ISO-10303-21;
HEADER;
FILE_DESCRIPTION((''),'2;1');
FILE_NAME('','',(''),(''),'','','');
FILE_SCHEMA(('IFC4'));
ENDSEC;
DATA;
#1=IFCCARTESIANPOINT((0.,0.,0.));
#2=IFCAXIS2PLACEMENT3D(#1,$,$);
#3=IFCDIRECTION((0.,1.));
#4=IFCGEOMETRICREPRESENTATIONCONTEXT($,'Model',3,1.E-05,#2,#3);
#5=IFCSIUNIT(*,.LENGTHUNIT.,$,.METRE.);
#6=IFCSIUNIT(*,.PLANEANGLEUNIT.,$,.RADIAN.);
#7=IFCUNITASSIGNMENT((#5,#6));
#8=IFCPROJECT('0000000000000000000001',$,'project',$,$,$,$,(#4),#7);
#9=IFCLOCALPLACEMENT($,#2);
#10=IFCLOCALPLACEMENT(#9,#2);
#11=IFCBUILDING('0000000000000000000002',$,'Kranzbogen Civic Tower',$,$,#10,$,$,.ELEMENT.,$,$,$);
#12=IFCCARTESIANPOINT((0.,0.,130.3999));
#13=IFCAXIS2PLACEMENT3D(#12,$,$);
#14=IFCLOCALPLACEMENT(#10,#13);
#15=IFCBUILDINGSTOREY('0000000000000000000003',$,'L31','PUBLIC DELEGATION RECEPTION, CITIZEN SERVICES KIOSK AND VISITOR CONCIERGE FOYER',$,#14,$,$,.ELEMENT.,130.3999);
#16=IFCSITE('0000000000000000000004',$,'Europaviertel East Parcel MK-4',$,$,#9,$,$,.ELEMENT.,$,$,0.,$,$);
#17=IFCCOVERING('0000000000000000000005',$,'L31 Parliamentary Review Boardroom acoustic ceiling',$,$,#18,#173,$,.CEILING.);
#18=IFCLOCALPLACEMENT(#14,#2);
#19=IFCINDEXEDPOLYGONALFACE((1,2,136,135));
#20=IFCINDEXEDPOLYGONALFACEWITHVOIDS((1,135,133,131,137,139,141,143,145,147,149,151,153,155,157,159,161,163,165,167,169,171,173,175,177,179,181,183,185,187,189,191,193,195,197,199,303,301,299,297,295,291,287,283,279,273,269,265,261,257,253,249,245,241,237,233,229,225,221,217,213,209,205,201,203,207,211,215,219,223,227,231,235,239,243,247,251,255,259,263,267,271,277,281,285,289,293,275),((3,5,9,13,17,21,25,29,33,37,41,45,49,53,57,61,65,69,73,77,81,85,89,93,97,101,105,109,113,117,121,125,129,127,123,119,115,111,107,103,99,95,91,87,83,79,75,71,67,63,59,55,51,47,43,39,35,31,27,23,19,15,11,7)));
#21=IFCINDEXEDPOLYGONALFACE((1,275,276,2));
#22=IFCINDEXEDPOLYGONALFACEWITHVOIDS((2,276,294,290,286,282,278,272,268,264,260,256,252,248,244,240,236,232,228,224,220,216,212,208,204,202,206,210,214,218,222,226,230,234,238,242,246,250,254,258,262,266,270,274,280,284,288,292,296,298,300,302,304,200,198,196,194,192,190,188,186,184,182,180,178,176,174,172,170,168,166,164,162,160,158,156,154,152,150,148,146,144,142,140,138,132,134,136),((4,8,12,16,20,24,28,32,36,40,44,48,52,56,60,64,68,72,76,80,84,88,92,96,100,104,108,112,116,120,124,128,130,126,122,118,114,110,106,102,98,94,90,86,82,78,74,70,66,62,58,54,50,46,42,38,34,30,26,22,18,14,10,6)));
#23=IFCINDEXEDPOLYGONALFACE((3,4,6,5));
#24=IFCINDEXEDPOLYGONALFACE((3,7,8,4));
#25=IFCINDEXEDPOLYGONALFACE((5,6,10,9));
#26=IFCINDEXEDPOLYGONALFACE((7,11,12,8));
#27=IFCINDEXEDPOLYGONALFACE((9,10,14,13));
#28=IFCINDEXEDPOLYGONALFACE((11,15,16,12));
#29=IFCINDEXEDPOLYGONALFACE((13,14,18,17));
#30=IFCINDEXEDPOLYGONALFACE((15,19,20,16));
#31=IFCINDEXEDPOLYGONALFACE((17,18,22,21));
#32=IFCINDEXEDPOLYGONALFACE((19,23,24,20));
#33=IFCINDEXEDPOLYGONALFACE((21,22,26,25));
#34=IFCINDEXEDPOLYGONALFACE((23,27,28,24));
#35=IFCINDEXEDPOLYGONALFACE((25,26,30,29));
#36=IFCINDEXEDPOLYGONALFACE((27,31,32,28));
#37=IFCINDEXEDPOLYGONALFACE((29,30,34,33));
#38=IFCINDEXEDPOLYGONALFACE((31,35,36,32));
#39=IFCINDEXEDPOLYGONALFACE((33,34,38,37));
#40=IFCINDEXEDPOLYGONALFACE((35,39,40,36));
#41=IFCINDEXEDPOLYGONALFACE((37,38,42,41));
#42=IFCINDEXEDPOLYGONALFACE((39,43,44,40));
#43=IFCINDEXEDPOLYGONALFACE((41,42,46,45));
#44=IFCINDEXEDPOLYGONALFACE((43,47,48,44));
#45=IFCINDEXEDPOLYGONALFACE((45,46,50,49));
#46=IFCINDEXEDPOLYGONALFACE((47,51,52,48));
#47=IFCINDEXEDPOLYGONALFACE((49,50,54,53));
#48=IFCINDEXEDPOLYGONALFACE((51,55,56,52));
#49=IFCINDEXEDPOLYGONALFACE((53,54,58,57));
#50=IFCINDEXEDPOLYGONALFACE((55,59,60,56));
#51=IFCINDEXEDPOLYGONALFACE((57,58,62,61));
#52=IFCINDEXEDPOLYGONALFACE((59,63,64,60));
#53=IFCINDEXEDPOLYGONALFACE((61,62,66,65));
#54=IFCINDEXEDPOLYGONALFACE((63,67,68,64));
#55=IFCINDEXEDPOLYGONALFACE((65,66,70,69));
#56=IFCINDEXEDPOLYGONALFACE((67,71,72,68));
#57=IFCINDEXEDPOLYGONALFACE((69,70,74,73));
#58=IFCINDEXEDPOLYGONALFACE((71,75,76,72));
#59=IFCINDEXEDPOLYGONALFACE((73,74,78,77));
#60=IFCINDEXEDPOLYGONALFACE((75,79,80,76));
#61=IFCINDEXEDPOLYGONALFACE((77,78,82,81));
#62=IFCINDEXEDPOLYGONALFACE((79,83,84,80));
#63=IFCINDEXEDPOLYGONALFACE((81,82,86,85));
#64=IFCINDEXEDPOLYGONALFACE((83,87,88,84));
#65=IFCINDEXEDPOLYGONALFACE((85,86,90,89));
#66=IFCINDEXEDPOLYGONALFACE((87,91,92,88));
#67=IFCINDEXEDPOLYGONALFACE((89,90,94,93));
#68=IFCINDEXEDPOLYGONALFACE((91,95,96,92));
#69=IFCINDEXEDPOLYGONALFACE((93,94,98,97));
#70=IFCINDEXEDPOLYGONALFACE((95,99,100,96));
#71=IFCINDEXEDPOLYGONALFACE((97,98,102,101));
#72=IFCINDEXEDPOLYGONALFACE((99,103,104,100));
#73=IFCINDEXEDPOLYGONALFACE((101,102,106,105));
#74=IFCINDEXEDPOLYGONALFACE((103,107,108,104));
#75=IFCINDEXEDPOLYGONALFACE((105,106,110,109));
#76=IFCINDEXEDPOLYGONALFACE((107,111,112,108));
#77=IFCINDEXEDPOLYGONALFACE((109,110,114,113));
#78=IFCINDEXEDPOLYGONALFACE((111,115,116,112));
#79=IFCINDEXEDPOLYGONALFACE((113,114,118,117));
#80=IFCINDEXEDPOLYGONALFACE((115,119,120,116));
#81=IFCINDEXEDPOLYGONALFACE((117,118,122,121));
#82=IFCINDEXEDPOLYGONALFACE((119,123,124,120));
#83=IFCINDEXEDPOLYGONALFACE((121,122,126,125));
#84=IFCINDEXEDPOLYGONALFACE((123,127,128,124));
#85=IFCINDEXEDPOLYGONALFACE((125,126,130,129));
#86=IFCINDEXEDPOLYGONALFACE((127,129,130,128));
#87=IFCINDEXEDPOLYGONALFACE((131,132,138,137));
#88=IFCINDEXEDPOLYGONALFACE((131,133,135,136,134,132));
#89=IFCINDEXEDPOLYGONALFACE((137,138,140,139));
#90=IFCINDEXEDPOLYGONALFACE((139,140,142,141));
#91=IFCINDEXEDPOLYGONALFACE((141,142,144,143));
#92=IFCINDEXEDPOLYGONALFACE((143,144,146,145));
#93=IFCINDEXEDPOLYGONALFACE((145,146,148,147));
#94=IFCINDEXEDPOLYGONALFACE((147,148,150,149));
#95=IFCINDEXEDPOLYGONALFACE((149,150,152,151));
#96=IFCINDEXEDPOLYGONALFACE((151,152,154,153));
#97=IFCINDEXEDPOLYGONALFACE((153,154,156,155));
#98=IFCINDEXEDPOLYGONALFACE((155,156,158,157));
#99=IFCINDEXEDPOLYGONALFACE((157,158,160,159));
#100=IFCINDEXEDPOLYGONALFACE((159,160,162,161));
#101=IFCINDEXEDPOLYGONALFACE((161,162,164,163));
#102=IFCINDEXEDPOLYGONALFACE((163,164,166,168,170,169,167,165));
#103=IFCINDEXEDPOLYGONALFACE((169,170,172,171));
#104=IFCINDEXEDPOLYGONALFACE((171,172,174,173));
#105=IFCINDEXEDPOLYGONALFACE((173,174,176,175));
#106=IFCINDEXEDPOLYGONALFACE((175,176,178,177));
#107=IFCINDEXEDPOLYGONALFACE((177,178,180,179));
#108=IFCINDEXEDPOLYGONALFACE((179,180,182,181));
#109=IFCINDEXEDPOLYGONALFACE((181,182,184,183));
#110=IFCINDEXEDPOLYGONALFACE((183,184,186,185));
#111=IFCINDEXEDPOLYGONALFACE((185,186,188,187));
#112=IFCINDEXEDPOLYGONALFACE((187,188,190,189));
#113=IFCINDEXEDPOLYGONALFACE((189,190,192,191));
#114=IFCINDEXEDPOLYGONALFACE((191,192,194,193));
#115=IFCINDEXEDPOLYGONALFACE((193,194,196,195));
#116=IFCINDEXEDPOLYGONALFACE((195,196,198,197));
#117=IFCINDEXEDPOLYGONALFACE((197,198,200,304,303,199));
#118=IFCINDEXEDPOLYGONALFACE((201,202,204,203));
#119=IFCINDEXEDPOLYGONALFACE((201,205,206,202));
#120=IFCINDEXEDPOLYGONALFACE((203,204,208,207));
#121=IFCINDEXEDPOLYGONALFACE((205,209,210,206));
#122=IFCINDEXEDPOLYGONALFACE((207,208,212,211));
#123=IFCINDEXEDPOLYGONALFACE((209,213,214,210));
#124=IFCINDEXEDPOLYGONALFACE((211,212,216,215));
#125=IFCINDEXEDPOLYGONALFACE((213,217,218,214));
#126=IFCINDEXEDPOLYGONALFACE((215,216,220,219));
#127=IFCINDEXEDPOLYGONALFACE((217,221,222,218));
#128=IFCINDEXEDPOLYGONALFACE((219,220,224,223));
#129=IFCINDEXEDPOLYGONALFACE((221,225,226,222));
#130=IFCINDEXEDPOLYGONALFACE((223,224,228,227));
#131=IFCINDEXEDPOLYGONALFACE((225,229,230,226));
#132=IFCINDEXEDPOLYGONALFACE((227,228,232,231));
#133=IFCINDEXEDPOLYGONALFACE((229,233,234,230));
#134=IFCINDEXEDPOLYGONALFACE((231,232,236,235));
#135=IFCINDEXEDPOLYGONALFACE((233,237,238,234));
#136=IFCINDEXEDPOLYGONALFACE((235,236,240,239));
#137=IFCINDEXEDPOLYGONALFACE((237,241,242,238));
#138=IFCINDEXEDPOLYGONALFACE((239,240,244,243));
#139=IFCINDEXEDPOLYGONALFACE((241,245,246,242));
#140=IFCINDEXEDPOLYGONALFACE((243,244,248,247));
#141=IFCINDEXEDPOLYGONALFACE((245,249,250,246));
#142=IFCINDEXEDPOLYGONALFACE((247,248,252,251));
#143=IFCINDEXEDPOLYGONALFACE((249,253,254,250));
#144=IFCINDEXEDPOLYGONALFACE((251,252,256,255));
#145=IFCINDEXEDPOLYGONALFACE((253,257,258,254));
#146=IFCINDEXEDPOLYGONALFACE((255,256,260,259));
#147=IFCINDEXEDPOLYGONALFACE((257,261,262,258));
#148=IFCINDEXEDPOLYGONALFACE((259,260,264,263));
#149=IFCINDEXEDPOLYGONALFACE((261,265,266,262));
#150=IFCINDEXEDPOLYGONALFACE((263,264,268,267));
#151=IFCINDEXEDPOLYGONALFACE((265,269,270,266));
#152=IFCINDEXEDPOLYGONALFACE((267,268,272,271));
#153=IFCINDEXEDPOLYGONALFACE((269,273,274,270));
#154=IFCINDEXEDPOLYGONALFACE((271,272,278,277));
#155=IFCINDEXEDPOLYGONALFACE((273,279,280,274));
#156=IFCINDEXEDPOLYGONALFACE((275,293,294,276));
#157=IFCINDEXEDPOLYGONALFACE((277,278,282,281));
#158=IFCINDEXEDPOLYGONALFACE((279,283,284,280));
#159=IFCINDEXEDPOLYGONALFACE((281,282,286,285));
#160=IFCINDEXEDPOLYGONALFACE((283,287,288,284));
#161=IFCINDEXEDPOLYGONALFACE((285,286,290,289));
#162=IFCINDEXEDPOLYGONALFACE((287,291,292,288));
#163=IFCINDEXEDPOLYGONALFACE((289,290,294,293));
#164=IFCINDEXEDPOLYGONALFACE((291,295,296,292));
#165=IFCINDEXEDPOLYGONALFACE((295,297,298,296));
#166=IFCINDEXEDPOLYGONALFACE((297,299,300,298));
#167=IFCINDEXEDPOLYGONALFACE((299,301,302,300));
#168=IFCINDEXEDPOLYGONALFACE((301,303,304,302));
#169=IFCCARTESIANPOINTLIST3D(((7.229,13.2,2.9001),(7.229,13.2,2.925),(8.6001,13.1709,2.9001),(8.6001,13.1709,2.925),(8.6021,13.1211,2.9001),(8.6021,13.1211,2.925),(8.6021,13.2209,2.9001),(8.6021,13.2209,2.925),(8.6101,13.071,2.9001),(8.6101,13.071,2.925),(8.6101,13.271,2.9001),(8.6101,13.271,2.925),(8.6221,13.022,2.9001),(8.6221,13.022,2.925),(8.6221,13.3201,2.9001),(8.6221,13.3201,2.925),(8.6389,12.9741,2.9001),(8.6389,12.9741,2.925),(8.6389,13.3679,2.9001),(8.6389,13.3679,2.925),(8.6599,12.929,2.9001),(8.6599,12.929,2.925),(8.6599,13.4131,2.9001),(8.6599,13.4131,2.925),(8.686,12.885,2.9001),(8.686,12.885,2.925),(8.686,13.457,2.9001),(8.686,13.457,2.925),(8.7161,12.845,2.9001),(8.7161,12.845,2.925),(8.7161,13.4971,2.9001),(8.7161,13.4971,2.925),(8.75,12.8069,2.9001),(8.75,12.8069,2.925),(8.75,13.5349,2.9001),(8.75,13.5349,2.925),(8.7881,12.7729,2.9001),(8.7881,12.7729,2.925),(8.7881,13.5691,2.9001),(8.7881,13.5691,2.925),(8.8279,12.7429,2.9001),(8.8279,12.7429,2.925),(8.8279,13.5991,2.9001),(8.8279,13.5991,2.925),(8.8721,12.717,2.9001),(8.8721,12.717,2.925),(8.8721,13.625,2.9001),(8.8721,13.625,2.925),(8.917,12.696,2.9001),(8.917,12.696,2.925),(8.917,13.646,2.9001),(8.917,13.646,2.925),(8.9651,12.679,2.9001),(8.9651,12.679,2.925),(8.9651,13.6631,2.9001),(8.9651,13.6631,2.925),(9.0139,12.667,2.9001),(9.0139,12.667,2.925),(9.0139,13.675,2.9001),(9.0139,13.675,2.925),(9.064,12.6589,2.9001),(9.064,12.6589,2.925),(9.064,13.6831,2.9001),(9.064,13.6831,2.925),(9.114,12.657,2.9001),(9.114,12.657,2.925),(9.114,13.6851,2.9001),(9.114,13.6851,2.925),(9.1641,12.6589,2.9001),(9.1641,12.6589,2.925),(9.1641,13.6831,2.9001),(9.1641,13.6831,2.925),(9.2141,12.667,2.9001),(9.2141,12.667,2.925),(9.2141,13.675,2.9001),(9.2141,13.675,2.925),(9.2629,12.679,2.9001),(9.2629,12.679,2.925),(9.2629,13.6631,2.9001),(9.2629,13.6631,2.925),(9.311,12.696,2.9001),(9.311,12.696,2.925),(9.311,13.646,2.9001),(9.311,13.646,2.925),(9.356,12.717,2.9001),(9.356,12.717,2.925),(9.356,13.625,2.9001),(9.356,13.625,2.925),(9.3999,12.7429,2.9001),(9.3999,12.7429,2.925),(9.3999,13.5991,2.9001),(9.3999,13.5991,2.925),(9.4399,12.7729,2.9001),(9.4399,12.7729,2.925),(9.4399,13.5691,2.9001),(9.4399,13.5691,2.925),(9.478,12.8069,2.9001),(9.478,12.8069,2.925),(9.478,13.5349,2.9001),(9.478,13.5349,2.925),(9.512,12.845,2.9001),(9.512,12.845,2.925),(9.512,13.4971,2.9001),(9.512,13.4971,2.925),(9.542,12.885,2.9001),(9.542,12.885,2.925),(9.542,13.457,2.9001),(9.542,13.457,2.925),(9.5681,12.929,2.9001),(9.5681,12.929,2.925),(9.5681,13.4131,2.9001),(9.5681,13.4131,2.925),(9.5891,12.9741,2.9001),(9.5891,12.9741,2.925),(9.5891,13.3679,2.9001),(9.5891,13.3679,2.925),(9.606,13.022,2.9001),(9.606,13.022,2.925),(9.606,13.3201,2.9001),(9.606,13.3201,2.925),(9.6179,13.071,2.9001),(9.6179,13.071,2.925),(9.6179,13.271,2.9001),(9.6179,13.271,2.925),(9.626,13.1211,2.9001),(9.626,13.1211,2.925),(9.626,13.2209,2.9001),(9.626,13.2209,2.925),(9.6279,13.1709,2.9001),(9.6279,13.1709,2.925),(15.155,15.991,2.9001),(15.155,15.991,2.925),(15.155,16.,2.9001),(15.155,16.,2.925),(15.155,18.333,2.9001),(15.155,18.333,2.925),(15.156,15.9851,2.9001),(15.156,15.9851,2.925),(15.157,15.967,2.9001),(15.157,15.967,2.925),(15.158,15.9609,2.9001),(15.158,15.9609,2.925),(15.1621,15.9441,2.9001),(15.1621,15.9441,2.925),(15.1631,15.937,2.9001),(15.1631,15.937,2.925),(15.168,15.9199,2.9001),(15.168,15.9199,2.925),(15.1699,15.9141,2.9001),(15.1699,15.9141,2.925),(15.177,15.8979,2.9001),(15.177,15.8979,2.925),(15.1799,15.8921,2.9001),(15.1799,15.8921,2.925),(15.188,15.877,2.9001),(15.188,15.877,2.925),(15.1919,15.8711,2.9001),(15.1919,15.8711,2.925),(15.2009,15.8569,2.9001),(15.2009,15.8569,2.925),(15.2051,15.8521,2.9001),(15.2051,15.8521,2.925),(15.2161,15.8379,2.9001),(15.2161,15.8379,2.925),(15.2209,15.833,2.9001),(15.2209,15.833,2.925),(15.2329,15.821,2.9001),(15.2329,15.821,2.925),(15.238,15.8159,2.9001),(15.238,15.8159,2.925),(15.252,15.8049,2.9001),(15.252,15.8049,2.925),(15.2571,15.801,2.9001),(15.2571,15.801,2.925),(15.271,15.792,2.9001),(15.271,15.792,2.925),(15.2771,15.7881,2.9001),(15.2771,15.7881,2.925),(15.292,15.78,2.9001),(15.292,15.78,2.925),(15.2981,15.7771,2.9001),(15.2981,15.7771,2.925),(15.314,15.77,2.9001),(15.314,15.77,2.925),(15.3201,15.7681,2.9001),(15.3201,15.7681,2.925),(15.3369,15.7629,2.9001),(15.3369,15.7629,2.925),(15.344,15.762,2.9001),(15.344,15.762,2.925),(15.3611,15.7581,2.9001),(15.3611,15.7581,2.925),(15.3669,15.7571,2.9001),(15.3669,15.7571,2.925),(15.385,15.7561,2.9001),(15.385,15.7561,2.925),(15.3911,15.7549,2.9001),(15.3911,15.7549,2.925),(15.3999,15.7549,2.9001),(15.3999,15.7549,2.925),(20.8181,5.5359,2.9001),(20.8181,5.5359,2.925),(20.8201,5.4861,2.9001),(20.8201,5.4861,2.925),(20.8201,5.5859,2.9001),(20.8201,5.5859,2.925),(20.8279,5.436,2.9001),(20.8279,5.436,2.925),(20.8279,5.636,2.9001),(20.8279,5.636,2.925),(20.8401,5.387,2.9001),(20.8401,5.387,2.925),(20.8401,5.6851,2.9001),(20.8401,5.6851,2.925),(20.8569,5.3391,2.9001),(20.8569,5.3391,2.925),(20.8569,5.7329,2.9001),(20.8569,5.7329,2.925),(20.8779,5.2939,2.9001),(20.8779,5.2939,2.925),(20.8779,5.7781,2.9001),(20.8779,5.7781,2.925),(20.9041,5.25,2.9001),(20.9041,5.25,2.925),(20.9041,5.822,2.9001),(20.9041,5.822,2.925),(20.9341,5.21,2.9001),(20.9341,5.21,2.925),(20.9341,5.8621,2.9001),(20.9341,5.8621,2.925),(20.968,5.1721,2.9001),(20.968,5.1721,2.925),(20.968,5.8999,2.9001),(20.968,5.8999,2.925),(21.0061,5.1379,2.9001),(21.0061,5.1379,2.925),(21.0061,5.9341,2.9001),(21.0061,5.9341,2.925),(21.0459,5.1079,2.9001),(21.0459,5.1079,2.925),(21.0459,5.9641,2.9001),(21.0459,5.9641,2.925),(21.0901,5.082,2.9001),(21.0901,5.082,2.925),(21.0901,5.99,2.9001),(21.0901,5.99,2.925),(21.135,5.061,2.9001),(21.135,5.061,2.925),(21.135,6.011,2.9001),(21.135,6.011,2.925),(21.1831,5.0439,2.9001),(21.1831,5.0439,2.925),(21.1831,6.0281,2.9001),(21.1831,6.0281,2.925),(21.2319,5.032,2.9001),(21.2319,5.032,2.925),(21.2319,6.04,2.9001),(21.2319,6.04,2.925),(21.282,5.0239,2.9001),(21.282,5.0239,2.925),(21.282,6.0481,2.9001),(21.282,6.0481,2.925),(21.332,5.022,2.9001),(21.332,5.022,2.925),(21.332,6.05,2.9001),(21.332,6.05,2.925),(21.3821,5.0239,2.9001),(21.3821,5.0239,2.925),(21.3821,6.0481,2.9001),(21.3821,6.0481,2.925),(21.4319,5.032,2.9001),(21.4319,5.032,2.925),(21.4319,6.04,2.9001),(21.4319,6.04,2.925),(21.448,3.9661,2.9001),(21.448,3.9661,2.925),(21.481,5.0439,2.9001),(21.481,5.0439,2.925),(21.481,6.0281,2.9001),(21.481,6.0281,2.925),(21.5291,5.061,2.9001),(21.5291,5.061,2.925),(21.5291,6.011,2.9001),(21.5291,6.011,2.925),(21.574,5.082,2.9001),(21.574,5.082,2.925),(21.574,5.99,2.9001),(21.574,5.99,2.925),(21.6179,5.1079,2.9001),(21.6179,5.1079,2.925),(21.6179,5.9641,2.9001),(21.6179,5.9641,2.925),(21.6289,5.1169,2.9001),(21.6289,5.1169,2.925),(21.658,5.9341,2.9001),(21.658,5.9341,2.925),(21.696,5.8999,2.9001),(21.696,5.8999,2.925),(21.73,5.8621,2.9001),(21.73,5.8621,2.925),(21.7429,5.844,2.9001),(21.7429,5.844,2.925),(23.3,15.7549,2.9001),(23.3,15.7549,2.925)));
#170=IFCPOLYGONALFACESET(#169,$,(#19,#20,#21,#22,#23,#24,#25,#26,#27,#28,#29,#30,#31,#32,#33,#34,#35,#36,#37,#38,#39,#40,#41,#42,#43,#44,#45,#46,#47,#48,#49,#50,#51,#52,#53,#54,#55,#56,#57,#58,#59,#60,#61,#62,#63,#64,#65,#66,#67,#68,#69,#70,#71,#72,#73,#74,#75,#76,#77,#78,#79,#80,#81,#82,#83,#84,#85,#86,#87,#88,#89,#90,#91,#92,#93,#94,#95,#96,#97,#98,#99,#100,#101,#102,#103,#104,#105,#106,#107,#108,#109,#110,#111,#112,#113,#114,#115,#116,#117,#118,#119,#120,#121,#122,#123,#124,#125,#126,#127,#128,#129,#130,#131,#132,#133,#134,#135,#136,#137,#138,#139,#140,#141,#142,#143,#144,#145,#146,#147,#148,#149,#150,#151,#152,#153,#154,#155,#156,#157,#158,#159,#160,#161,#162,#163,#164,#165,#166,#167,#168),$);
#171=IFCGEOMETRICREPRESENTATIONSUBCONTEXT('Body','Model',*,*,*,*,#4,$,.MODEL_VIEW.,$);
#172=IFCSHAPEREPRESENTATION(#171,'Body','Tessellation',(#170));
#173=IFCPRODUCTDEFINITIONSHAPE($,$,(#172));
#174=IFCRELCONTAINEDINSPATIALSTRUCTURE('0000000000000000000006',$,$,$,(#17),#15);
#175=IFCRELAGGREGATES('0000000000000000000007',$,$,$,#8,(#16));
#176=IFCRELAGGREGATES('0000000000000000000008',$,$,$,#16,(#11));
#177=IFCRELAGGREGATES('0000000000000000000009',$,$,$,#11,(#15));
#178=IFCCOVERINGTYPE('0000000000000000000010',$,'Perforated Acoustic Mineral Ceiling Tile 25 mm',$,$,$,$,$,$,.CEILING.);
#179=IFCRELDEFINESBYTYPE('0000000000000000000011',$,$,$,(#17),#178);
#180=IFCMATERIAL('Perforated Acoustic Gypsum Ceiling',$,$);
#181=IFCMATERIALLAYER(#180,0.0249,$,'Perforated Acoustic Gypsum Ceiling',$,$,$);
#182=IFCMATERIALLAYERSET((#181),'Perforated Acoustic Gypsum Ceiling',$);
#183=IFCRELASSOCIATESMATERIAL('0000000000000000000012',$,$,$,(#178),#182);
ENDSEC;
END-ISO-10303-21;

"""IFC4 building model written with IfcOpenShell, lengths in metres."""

from ifc_helpers import new_model, si_unit, direction, frame, origin, place, context, subcontext, project, spatial, polyline, outline, extrude, material, layer, layer_set, type_object, element, save


model = new_model("IFC4")

# Units and contexts
model_context = context("Model", 3, precision=1e-05, world=origin(), true_north=direction((0.0, 1.0)))
body_context = subcontext(model_context, "Body", "Model", "MODEL_VIEW")
ifc_project = project(units=[si_unit("LENGTHUNIT", "METRE"), si_unit("PLANEANGLEUNIT", "RADIAN")], contexts=[model_context])

# Site, building, storey
site_placement = place(None, origin())
site = spatial("IfcSite", under=ifc_project, at=site_placement, Name="Europaviertel East Parcel MK-4", CompositionType="ELEMENT", RefElevation=0.0)
building_placement = place(site_placement, origin())
building = spatial("IfcBuilding", under=site, at=building_placement, Name="Kranzbogen Civic Tower", CompositionType="ELEMENT")
storey_placement = place(building_placement, frame((0.0, 0.0, 130.3999)))
storey = spatial("IfcBuildingStorey", under=building, at=storey_placement, Name="L31", Description="PUBLIC DELEGATION RECEPTION, CITIZEN SERVICES KIOSK AND VISITOR CONCIERGE FOYER", CompositionType="ELEMENT", Elevation=130.3999)

# Covering
ifc_material_1 = material(Name="Perforated Acoustic Gypsum Ceiling")
ifc_layer_1 = layer(ifc_material_1, 0.0249, Name="Perforated Acoustic Gypsum Ceiling")
ifc_layer_set_1 = layer_set([ifc_layer_1], Name="Perforated Acoustic Gypsum Ceiling")
covering_type = type_object("IfcCoveringType", Name="Perforated Acoustic Mineral Ceiling Tile 25 mm", PredefinedType="CEILING", material=ifc_layer_set_1)
covering_1_placement = place(storey_placement, frame((0.0, 0.0, 2.9001)))
element("IfcCovering", 1, at=covering_1_placement, inside=storey, type_object=covering_type, Name="L31 Parliamentary Review Boardroom acoustic ceiling", PredefinedType="CEILING", context=body_context, shape_type="SweptSolid", body=[
    extrude(outline(polyline([(15.155, 18.333), (15.155, 16.0), (15.155, 15.991), (15.156, 15.9851), (15.157, 15.967), (15.158, 15.9609), (15.1621, 15.9441), (15.1631, 15.937), (15.168, 15.9199), (15.1699, 15.9141), (15.177, 15.8979), (15.1799, 15.8921), (15.188, 15.877), (15.1919, 15.8711), (15.2009, 15.8569), (15.2051, 15.8521), (15.2161, 15.8379), (15.2209, 15.833), (15.2329, 15.821), (15.238, 15.8159), (15.252, 15.8049), (15.2571, 15.801), (15.271, 15.792), (15.2771, 15.7881), (15.292, 15.78), (15.2981, 15.7771), (15.314, 15.77), (15.3201, 15.7681), (15.3369, 15.7629), (15.344, 15.762), (15.3611, 15.7581), (15.3669, 15.7571), (15.385, 15.7561), (15.3911, 15.7549), (15.3999, 15.7549), (23.3, 15.7549), (21.7429, 5.844), (21.73, 5.8621), (21.696, 5.8999), (21.658, 5.9341), (21.6179, 5.9641), (21.574, 5.99), (21.5291, 6.011), (21.481, 6.0281), (21.4319, 6.04), (21.3821, 6.0481), (21.332, 6.05), (21.282, 6.0481), (21.2319, 6.04), (21.1831, 6.0281), (21.135, 6.011), (21.0901, 5.99), (21.0459, 5.9641), (21.0061, 5.9341), (20.968, 5.8999), (20.9341, 5.8621), (20.9041, 5.822), (20.8779, 5.7781), (20.8569, 5.7329), (20.8401, 5.6851), (20.8279, 5.636), (20.8201, 5.5859), (20.8181, 5.5359), (20.8201, 5.4861), (20.8279, 5.436), (20.8401, 5.387), (20.8569, 5.3391), (20.8779, 5.2939), (20.9041, 5.25), (20.9341, 5.21), (20.968, 5.1721), (21.0061, 5.1379), (21.0459, 5.1079), (21.0901, 5.082), (21.135, 5.061), (21.1831, 5.0439), (21.2319, 5.032), (21.282, 5.0239), (21.332, 5.022), (21.3821, 5.0239), (21.4319, 5.032), (21.481, 5.0439), (21.5291, 5.061), (21.574, 5.082), (21.6179, 5.1079), (21.6289, 5.1169), (21.448, 3.9661), (7.229, 13.2), (15.155, 18.333)]), holes=[polyline([(9.5891, 12.9741), (9.5681, 12.929), (9.542, 12.885), (9.512, 12.845), (9.478, 12.8069), (9.4399, 12.7729), (9.3999, 12.7429), (9.356, 12.717), (9.311, 12.696), (9.2629, 12.679), (9.2141, 12.667), (9.1641, 12.6589), (9.114, 12.657), (9.064, 12.6589), (9.0139, 12.667), (8.9651, 12.679), (8.917, 12.696), (8.8721, 12.717), (8.8279, 12.7429), (8.7881, 12.7729), (8.75, 12.8069), (8.7161, 12.845), (8.686, 12.885), (8.6599, 12.929), (8.6389, 12.9741), (8.6221, 13.022), (8.6101, 13.071), (8.6021, 13.1211), (8.6001, 13.1709), (8.6021, 13.2209), (8.6101, 13.271), (8.6221, 13.3201), (8.6389, 13.3679), (8.6599, 13.4131), (8.686, 13.457), (8.7161, 13.4971), (8.75, 13.5349), (8.7881, 13.5691), (8.8279, 13.5991), (8.8721, 13.625), (8.917, 13.646), (8.9651, 13.6631), (9.0139, 13.675), (9.064, 13.6831), (9.114, 13.6851), (9.1641, 13.6831), (9.2141, 13.675), (9.2629, 13.6631), (9.311, 13.646), (9.356, 13.625), (9.3999, 13.5991), (9.4399, 13.5691), (9.478, 13.5349), (9.512, 13.4971), (9.542, 13.457), (9.5681, 13.4131), (9.5891, 13.3679), (9.606, 13.3201), (9.6179, 13.271), (9.626, 13.2209), (9.6279, 13.1709), (9.626, 13.1211), (9.6179, 13.071), (9.606, 13.022), (9.5891, 12.9741)])]), origin(), (0.0, 0.0, 1.0), 0.0249),
])

save(model, "model.ifc")
